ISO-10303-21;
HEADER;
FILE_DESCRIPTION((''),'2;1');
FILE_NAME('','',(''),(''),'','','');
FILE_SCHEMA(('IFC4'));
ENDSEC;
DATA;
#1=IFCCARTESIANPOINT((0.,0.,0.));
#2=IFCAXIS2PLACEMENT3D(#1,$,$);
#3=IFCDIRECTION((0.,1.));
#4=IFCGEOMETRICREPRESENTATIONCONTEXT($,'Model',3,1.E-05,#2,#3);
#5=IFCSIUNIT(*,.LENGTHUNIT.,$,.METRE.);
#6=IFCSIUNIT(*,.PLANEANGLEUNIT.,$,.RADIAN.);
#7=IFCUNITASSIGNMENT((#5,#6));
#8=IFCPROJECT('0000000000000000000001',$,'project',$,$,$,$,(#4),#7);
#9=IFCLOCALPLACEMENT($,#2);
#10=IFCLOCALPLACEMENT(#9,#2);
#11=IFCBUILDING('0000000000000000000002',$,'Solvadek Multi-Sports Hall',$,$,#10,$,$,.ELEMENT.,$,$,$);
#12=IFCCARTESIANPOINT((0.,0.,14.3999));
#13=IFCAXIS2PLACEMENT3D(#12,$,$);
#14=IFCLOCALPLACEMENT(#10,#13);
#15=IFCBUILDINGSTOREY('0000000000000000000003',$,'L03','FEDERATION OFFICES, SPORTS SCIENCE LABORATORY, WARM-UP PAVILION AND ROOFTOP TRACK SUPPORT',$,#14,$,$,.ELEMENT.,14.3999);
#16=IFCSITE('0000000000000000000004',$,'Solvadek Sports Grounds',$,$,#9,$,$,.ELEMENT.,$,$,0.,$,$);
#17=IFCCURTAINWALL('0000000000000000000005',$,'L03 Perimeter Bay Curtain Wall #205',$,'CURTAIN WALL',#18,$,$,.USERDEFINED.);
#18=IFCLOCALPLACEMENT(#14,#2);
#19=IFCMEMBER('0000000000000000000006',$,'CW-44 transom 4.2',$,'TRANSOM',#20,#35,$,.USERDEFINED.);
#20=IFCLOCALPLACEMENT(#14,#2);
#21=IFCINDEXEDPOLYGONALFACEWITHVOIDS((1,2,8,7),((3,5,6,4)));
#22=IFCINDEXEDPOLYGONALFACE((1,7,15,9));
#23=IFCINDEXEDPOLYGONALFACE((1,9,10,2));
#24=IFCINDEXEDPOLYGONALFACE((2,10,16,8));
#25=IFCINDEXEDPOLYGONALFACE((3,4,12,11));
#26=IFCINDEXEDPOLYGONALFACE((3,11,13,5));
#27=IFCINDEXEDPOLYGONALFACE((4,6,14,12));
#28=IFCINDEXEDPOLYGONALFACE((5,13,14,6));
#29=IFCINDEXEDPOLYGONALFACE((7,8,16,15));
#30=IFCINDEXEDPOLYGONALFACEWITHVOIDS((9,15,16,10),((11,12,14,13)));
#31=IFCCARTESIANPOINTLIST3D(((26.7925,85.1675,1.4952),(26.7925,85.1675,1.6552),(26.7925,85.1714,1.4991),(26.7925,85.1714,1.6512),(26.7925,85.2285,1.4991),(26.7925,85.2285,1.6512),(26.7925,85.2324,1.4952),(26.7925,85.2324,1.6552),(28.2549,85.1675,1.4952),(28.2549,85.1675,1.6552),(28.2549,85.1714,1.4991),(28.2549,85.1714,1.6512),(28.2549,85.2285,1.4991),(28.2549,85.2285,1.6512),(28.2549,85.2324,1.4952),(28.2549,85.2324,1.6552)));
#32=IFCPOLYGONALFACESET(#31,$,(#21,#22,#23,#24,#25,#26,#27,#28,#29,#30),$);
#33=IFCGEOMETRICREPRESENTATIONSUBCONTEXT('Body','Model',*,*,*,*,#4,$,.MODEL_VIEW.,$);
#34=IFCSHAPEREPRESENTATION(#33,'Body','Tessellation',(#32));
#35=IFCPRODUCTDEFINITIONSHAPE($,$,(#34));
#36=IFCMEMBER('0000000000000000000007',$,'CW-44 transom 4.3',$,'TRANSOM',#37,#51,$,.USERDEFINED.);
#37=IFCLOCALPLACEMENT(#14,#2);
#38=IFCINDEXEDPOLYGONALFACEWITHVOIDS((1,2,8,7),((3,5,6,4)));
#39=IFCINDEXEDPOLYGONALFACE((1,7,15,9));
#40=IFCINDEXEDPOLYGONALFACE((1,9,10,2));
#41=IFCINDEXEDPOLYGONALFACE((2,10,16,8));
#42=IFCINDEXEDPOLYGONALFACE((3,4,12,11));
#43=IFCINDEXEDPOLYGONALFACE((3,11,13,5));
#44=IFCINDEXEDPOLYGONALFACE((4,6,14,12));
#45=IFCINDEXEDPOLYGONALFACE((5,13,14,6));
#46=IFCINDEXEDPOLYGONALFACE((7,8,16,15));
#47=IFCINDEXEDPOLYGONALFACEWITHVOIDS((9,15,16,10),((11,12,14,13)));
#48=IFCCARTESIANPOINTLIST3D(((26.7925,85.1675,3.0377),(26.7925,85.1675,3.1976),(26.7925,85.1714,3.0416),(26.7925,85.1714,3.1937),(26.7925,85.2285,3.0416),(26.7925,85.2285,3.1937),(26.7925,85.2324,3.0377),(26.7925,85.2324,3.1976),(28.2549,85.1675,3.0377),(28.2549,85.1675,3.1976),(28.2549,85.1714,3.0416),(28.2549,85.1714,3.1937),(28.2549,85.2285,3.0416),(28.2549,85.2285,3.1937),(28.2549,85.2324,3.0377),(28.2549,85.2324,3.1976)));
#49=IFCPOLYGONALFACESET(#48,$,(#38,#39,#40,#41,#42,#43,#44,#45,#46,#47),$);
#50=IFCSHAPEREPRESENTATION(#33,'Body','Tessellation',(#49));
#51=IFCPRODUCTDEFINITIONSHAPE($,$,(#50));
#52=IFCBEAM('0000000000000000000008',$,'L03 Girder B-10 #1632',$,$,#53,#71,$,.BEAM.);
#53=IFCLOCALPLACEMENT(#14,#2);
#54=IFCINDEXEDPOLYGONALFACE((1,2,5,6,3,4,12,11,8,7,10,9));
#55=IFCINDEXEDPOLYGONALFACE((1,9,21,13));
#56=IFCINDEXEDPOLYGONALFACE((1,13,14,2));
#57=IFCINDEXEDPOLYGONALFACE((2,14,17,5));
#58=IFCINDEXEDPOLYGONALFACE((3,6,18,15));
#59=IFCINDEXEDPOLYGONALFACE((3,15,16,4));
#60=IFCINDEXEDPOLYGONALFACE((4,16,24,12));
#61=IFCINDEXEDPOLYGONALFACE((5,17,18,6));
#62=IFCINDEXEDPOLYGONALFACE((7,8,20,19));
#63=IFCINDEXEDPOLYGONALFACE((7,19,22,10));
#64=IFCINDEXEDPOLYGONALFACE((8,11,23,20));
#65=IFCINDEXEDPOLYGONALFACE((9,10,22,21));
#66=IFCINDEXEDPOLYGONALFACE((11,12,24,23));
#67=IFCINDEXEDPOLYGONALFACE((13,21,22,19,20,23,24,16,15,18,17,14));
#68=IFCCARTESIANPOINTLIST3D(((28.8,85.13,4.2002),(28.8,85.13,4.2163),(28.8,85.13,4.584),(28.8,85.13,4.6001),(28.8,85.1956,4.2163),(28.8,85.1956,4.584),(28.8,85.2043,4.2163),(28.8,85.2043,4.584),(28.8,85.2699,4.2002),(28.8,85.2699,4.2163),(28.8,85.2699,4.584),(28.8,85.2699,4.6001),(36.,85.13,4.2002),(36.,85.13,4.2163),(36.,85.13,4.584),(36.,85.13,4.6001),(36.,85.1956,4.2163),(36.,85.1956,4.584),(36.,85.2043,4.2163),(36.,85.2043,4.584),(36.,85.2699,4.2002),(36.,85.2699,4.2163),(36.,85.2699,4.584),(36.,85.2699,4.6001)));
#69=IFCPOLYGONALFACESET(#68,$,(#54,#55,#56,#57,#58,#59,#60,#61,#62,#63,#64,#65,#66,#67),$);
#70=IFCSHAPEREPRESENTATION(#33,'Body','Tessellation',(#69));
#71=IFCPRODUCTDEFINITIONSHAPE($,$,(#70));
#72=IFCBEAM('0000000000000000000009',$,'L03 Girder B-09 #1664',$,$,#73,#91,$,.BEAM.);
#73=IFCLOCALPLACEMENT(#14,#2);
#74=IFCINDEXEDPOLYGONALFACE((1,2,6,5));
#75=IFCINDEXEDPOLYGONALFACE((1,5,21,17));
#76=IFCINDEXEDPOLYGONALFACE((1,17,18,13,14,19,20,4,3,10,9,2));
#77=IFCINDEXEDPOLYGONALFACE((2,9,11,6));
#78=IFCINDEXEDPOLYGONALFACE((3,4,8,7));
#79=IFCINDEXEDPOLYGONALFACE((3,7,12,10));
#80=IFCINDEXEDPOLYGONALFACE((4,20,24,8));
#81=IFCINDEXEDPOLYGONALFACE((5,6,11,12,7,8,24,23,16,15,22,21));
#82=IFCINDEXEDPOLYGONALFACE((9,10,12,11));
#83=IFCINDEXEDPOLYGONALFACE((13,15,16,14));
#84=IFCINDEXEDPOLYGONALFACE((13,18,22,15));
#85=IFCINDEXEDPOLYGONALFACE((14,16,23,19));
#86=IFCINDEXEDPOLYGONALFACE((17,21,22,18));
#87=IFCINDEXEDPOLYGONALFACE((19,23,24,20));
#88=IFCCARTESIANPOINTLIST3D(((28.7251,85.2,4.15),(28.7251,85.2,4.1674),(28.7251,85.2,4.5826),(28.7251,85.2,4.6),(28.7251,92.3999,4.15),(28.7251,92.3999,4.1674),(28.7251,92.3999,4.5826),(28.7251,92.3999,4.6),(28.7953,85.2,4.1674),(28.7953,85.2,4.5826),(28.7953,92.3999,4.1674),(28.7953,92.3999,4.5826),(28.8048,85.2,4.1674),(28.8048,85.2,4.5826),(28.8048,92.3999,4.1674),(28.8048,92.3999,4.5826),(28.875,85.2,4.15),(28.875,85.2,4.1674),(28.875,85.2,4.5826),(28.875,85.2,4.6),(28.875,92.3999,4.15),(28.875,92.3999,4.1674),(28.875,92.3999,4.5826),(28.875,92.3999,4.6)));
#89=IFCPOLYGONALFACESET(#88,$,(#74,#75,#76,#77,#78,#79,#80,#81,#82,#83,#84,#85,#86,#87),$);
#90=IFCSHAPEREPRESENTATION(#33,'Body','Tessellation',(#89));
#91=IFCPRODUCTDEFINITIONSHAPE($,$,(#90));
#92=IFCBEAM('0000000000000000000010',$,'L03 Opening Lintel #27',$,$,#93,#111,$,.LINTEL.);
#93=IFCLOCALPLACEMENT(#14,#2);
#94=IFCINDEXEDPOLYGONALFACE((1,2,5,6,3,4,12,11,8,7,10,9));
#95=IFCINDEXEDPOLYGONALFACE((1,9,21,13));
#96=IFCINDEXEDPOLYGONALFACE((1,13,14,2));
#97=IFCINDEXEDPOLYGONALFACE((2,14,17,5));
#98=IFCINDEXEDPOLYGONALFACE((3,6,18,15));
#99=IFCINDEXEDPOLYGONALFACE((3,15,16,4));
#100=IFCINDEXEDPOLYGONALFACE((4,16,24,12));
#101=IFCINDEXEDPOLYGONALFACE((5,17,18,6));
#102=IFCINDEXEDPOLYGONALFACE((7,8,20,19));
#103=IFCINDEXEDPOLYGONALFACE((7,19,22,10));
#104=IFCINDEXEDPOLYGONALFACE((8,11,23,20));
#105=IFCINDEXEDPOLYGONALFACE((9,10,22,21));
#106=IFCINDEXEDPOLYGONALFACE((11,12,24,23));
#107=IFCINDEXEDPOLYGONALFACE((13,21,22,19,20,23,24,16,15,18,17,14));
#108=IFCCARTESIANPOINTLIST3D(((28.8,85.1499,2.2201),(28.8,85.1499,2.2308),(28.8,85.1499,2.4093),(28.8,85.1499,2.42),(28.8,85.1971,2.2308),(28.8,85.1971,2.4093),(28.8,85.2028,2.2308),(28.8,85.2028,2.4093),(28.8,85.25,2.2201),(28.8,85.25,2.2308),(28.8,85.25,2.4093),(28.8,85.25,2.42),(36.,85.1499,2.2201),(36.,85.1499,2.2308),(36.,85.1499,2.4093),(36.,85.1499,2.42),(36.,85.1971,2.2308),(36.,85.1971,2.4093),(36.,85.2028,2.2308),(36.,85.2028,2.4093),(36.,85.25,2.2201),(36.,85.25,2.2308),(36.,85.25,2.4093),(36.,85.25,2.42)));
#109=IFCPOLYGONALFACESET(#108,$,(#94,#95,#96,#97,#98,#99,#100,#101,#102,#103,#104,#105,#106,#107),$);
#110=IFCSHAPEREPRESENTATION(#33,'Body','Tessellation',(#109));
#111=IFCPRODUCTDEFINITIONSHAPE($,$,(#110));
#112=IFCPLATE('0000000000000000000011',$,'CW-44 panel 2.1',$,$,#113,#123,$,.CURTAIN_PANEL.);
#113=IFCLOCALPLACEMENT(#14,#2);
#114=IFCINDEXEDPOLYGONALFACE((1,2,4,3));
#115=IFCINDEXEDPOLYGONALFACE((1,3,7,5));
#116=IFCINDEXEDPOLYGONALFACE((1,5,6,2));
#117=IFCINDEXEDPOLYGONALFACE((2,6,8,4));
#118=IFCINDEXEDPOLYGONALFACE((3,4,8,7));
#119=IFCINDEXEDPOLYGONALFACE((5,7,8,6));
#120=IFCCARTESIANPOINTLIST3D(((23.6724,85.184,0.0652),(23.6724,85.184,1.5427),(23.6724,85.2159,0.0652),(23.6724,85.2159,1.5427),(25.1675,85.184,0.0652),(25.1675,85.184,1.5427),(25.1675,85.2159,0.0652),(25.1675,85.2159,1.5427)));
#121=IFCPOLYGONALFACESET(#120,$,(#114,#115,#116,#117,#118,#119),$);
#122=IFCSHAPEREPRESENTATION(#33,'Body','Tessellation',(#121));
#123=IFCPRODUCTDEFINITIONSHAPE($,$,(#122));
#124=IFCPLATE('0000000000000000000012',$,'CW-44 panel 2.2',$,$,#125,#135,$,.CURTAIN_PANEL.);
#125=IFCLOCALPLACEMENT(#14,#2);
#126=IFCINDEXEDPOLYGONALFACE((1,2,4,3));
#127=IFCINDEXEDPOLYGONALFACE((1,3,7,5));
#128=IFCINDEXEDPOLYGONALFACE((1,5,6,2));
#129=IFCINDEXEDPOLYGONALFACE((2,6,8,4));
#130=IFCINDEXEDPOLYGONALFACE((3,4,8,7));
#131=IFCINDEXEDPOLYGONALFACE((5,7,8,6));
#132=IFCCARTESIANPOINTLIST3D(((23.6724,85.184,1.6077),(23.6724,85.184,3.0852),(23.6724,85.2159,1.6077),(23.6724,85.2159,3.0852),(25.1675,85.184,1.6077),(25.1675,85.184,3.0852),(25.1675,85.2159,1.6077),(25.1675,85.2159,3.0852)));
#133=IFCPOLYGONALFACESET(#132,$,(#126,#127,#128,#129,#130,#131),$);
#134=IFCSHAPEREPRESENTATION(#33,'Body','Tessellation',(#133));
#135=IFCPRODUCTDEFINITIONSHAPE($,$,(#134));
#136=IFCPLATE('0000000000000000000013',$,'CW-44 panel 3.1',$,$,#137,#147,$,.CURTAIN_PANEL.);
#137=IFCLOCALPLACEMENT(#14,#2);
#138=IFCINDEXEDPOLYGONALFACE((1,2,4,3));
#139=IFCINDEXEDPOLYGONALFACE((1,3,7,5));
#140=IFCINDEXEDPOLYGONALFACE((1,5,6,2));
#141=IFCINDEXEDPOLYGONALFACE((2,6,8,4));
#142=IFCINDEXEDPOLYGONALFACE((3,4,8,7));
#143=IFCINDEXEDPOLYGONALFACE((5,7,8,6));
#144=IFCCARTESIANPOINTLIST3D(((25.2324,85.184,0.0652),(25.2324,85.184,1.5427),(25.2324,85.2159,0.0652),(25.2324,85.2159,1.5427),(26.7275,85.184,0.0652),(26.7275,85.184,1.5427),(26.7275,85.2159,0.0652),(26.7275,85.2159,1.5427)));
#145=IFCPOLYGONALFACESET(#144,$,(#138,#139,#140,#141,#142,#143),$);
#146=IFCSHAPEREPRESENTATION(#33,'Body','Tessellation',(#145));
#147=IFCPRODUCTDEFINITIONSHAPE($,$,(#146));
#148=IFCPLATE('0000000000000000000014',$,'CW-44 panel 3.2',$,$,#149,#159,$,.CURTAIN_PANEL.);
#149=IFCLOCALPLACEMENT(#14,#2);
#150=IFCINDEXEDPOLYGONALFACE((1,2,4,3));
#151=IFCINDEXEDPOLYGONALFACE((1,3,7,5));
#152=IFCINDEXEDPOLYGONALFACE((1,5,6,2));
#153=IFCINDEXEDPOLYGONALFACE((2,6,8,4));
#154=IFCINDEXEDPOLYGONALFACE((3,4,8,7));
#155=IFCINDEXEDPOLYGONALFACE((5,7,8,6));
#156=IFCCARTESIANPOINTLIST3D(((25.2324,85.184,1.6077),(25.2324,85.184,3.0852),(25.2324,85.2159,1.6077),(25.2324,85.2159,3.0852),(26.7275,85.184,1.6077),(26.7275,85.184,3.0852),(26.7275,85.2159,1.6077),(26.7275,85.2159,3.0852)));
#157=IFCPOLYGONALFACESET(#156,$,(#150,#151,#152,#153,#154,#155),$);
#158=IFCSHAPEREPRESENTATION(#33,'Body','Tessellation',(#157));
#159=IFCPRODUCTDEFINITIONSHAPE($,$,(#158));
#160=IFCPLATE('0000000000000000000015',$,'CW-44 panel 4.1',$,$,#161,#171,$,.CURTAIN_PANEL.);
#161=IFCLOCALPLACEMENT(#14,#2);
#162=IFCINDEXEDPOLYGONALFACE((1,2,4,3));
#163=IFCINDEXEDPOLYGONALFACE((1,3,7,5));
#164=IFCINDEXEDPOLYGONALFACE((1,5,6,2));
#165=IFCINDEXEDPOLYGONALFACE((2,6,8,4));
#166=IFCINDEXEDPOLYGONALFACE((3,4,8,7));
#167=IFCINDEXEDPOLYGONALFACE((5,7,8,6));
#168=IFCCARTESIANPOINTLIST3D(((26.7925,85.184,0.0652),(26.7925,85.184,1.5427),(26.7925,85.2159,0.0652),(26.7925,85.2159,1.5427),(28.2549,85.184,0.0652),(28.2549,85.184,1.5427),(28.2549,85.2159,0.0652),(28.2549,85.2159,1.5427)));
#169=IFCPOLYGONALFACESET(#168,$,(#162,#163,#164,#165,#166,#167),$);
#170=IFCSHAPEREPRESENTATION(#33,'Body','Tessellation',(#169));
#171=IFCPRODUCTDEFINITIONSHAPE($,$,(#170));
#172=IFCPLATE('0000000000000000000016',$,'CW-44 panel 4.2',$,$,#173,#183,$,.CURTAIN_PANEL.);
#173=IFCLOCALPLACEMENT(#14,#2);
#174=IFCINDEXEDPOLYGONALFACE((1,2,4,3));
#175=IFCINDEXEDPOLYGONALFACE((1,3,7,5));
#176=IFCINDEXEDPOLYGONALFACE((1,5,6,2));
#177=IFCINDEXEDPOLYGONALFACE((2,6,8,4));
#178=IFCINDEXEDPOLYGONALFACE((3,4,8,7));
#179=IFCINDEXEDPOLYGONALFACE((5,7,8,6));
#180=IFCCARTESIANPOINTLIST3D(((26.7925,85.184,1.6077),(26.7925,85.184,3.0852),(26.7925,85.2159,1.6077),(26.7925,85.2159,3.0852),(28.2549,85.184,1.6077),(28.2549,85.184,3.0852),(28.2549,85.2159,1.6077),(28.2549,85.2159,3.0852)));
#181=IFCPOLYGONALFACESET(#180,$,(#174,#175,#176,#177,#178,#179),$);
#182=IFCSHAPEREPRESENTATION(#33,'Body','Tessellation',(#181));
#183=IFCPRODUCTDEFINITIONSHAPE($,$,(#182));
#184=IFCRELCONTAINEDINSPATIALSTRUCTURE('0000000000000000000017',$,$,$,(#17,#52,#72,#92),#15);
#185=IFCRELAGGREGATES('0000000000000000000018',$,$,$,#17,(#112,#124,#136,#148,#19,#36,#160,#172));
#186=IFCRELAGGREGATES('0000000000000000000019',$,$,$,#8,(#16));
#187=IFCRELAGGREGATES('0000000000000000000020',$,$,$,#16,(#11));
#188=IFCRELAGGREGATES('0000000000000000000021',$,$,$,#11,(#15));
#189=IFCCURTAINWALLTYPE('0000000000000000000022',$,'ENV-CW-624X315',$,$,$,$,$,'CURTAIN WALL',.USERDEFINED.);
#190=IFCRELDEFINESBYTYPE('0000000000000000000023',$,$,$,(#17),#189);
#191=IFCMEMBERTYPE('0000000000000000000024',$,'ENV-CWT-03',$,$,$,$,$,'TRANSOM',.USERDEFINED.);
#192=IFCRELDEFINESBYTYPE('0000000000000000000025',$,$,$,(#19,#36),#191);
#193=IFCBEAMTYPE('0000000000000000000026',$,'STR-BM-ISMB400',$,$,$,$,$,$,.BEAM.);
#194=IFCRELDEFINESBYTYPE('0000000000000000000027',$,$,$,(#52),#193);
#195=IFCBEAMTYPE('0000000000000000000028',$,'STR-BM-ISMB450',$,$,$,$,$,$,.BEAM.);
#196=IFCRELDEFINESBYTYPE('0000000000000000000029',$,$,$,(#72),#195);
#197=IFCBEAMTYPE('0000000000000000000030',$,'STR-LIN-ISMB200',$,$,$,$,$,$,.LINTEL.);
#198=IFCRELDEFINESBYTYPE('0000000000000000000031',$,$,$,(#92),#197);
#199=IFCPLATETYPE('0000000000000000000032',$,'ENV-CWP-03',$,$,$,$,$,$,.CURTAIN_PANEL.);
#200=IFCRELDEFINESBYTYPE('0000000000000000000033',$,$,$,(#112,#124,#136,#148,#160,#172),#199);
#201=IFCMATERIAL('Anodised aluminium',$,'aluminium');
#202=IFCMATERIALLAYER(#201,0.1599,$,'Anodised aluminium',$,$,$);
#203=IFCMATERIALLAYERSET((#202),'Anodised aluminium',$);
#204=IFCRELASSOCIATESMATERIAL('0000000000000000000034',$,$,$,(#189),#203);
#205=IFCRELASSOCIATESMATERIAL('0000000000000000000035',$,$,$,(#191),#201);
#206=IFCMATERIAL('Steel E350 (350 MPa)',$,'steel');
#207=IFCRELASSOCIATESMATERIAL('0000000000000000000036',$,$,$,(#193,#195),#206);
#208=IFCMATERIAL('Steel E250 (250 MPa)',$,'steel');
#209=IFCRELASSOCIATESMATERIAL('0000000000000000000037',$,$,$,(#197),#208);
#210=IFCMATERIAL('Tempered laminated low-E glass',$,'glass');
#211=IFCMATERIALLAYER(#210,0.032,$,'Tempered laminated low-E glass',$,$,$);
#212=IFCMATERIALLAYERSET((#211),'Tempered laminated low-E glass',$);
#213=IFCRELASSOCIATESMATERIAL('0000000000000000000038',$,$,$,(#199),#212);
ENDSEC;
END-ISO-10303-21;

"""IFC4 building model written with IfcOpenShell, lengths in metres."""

from ifc_helpers import new_model, si_unit, direction, frame, origin, origin_2d, place, context, subcontext, project, spatial, rectangle, hollow_rectangle, i_section, extrude, material, layer, layer_set, material_profile, profile_set, type_object, element, aggregate, save


model = new_model("IFC4")

# Units and contexts
model_context = context("Model", 3, precision=1e-05, world=origin(), true_north=direction((0.0, 1.0)))
body_context = subcontext(model_context, "Body", "Model", "MODEL_VIEW")
ifc_project = project(units=[si_unit("LENGTHUNIT", "METRE"), si_unit("PLANEANGLEUNIT", "RADIAN")], contexts=[model_context])

# Site, building, storey
site_placement = place(None, origin())
site = spatial("IfcSite", under=ifc_project, at=site_placement, Name="Solvadek Sports Grounds", CompositionType="ELEMENT", RefElevation=0.0)
building_placement = place(site_placement, origin())
building = spatial("IfcBuilding", under=site, at=building_placement, Name="Solvadek Multi-Sports Hall", CompositionType="ELEMENT")
storey_placement = place(building_placement, frame((0.0, 0.0, 14.3999)))
storey = spatial("IfcBuildingStorey", under=building, at=storey_placement, Name="L03", Description="FEDERATION OFFICES, SPORTS SCIENCE LABORATORY, WARM-UP PAVILION AND ROOFTOP TRACK SUPPORT", CompositionType="ELEMENT", Elevation=14.3999)

# Shared definitions
ifc_material_1 = material(Name="Steel E350 (350 MPa)", Category="steel")

# Curtain wall, members
ifc_material_2 = material(Name="Anodised aluminium", Category="aluminium")
ifc_layer_1 = layer(ifc_material_2, 0.1599, Name="Anodised aluminium")
ifc_layer_set_1 = layer_set([ifc_layer_1], Name="Anodised aluminium")
curtain_wall_type = type_object("IfcCurtainWallType", Name="ENV-CW-624X315", ElementType="CURTAIN WALL", PredefinedType="USERDEFINED", material=ifc_layer_set_1)
curtain_wall_placement = place(storey_placement, origin())
curtain_wall = element("IfcCurtainWall", 1, at=curtain_wall_placement, inside=storey, type_object=curtain_wall_type, Name="L03 Perimeter Bay Curtain Wall #205", ObjectType="CURTAIN WALL", PredefinedType="USERDEFINED")
ifc_material_profile_1 = material_profile(ifc_material_2, hollow_rectangle(XDim=0.0649, YDim=0.1599, WallThickness=0.0039, at=origin_2d()), Name="ALU-T 160x65x4")
ifc_profile_set_1 = profile_set([ifc_material_profile_1], Name="Anodised aluminium")
member_type_1 = type_object("IfcMemberType", Name="ENV-CWT-03", ElementType="TRANSOM", PredefinedType="USERDEFINED", material=ifc_profile_set_1)
member_1_placement = place(storey_placement, frame((26.7925, 85.2, 1.5752), z_axis=(1.0, 0.0, 0.0), x_axis=(0.0, 1.0, 0.0)))
member_1 = element("IfcMember", 2, at=member_1_placement, type_object=member_type_1, Name="CW-44 transom 4.2", ObjectType="TRANSOM", PredefinedType="USERDEFINED", context=body_context, shape_type="SweptSolid", body=[
    extrude(hollow_rectangle(XDim=0.0649, YDim=0.1599, WallThickness=0.0039, at=origin_2d()), origin(), (0.0, 0.0, 1.0), 1.4624),
])
member_2_placement = place(storey_placement, frame((26.7925, 85.2, 3.1177), z_axis=(1.0, 0.0, 0.0), x_axis=(0.0, 1.0, 0.0)))
member_2 = element("IfcMember", 3, at=member_2_placement, type_object=member_type_1, Name="CW-44 transom 4.3", ObjectType="TRANSOM", PredefinedType="USERDEFINED", context=body_context, shape_type="SweptSolid", body=[
    extrude(hollow_rectangle(XDim=0.0649, YDim=0.1599, WallThickness=0.0039, at=origin_2d()), origin(), (0.0, 0.0, 1.0), 1.4624),
])

# Beams
ifc_material_profile_2 = material_profile(ifc_material_1, i_section(OverallWidth=0.1399, OverallDepth=0.3999, WebThickness=0.0088, FlangeThickness=0.0161, at=origin_2d()), Name="ISMB 400")
ifc_profile_set_2 = profile_set([ifc_material_profile_2], Name="Steel E350 (350 MPa)")
beam_type_1 = type_object("IfcBeamType", Name="STR-BM-ISMB400", PredefinedType="BEAM", material=ifc_profile_set_2)
beam_1_placement = place(storey_placement, frame((28.8, 85.2, 4.4001), z_axis=(1.0, 0.0, 0.0), x_axis=(0.0, 1.0, 0.0)))
element("IfcBeam", 4, at=beam_1_placement, inside=storey, type_object=beam_type_1, Name="L03 Girder B-10 #1632", PredefinedType="BEAM", context=body_context, shape_type="SweptSolid", body=[
    extrude(i_section(OverallWidth=0.1399, OverallDepth=0.3999, WebThickness=0.0088, FlangeThickness=0.0161, at=origin_2d()), origin(), (0.0, 0.0, 1.0), 7.2),
])
ifc_material_profile_3 = material_profile(ifc_material_1, i_section(OverallWidth=0.1499, OverallDepth=0.45, WebThickness=0.0095, FlangeThickness=0.0173, at=origin_2d()), Name="ISMB 450")
ifc_profile_set_3 = profile_set([ifc_material_profile_3], Name="Steel E350 (350 MPa)")
beam_type_2 = type_object("IfcBeamType", Name="STR-BM-ISMB450", PredefinedType="BEAM", material=ifc_profile_set_3)
beam_2_placement = place(storey_placement, frame((28.8, 85.2, 4.375), z_axis=(0.0, 1.0, 0.0), x_axis=(-1.0, 0.0, 0.0)))
element("IfcBeam", 5, at=beam_2_placement, inside=storey, type_object=beam_type_2, Name="L03 Girder B-09 #1664", PredefinedType="BEAM", context=body_context, shape_type="SweptSolid", body=[
    extrude(i_section(OverallWidth=0.1499, OverallDepth=0.45, WebThickness=0.0095, FlangeThickness=0.0173, at=origin_2d()), origin(), (0.0, 0.0, 1.0), 7.2),
])
ifc_material_3 = material(Name="Steel E250 (250 MPa)", Category="steel")
ifc_material_profile_4 = material_profile(ifc_material_3, i_section(OverallWidth=0.1001, OverallDepth=0.2, WebThickness=0.0056, FlangeThickness=0.0107, at=origin_2d()), Name="ISMB 200")
ifc_profile_set_4 = profile_set([ifc_material_profile_4], Name="Steel E250 (250 MPa)")
beam_type_3 = type_object("IfcBeamType", Name="STR-LIN-ISMB200", PredefinedType="LINTEL", material=ifc_profile_set_4)
beam_3_placement = place(storey_placement, frame((28.8, 85.2, 2.3201), z_axis=(1.0, 0.0, 0.0), x_axis=(0.0, 1.0, 0.0)))
element("IfcBeam", 6, at=beam_3_placement, inside=storey, type_object=beam_type_3, Name="L03 Opening Lintel #27", PredefinedType="LINTEL", context=body_context, shape_type="SweptSolid", body=[
    extrude(i_section(OverallWidth=0.1001, OverallDepth=0.2, WebThickness=0.0056, FlangeThickness=0.0107, at=origin_2d()), origin(), (0.0, 0.0, 1.0), 7.2),
])

# Plates
ifc_material_4 = material(Name="Tempered laminated low-E glass", Category="glass")
ifc_layer_2 = layer(ifc_material_4, 0.032, Name="Tempered laminated low-E glass")
ifc_layer_set_2 = layer_set([ifc_layer_2], Name="Tempered laminated low-E glass")
plate_type = type_object("IfcPlateType", Name="ENV-CWP-03", PredefinedType="CURTAIN_PANEL", material=ifc_layer_set_2)
plate_1_placement = place(storey_placement, frame((24.4199, 85.2, 0.0652), z_axis=(0.0, 0.0, 1.0), x_axis=(1.0, 0.0, 0.0)))
plate_1 = element("IfcPlate", 7, at=plate_1_placement, type_object=plate_type, Name="CW-44 panel 2.1", PredefinedType="CURTAIN_PANEL", context=body_context, shape_type="SweptSolid", body=[
    extrude(rectangle(XDim=1.4951, YDim=0.032, at=origin_2d()), origin(), (0.0, 0.0, 1.0), 1.4775),
])
plate_2_placement = place(storey_placement, frame((24.4199, 85.2, 1.6077), z_axis=(0.0, 0.0, 1.0), x_axis=(1.0, 0.0, 0.0)))
plate_2 = element("IfcPlate", 8, at=plate_2_placement, type_object=plate_type, Name="CW-44 panel 2.2", PredefinedType="CURTAIN_PANEL", context=body_context, shape_type="SweptSolid", body=[
    extrude(rectangle(XDim=1.4951, YDim=0.032, at=origin_2d()), origin(), (0.0, 0.0, 1.0), 1.4775),
])
plate_3_placement = place(storey_placement, frame((25.98, 85.2, 0.0652), z_axis=(0.0, 0.0, 1.0), x_axis=(1.0, 0.0, 0.0)))
plate_3 = element("IfcPlate", 9, at=plate_3_placement, type_object=plate_type, Name="CW-44 panel 3.1", PredefinedType="CURTAIN_PANEL", context=body_context, shape_type="SweptSolid", body=[
    extrude(rectangle(XDim=1.4951, YDim=0.032, at=origin_2d()), origin(), (0.0, 0.0, 1.0), 1.4775),
])
plate_4_placement = place(storey_placement, frame((25.98, 85.2, 1.6077), z_axis=(0.0, 0.0, 1.0), x_axis=(1.0, 0.0, 0.0)))
plate_4 = element("IfcPlate", 10, at=plate_4_placement, type_object=plate_type, Name="CW-44 panel 3.2", PredefinedType="CURTAIN_PANEL", context=body_context, shape_type="SweptSolid", body=[
    extrude(rectangle(XDim=1.4951, YDim=0.032, at=origin_2d()), origin(), (0.0, 0.0, 1.0), 1.4775),
])
plate_5_placement = place(storey_placement, frame((27.5237, 85.2, 0.0652), z_axis=(0.0, 0.0, 1.0), x_axis=(1.0, 0.0, 0.0)))
plate_5 = element("IfcPlate", 11, at=plate_5_placement, type_object=plate_type, Name="CW-44 panel 4.1", PredefinedType="CURTAIN_PANEL", context=body_context, shape_type="SweptSolid", body=[
    extrude(rectangle(XDim=1.4624, YDim=0.032, at=origin_2d()), origin(), (0.0, 0.0, 1.0), 1.4775),
])
plate_6_placement = place(storey_placement, frame((27.5237, 85.2, 1.6077), z_axis=(0.0, 0.0, 1.0), x_axis=(1.0, 0.0, 0.0)))
plate_6 = element("IfcPlate", 12, at=plate_6_placement, type_object=plate_type, Name="CW-44 panel 4.2", PredefinedType="CURTAIN_PANEL", context=body_context, shape_type="SweptSolid", body=[
    extrude(rectangle(XDim=1.4624, YDim=0.032, at=origin_2d()), origin(), (0.0, 0.0, 1.0), 1.4775),
])
aggregate(curtain_wall, [plate_1, plate_2, plate_3, plate_4, member_1, member_2, plate_5, plate_6])

save(model, "model.ifc")
